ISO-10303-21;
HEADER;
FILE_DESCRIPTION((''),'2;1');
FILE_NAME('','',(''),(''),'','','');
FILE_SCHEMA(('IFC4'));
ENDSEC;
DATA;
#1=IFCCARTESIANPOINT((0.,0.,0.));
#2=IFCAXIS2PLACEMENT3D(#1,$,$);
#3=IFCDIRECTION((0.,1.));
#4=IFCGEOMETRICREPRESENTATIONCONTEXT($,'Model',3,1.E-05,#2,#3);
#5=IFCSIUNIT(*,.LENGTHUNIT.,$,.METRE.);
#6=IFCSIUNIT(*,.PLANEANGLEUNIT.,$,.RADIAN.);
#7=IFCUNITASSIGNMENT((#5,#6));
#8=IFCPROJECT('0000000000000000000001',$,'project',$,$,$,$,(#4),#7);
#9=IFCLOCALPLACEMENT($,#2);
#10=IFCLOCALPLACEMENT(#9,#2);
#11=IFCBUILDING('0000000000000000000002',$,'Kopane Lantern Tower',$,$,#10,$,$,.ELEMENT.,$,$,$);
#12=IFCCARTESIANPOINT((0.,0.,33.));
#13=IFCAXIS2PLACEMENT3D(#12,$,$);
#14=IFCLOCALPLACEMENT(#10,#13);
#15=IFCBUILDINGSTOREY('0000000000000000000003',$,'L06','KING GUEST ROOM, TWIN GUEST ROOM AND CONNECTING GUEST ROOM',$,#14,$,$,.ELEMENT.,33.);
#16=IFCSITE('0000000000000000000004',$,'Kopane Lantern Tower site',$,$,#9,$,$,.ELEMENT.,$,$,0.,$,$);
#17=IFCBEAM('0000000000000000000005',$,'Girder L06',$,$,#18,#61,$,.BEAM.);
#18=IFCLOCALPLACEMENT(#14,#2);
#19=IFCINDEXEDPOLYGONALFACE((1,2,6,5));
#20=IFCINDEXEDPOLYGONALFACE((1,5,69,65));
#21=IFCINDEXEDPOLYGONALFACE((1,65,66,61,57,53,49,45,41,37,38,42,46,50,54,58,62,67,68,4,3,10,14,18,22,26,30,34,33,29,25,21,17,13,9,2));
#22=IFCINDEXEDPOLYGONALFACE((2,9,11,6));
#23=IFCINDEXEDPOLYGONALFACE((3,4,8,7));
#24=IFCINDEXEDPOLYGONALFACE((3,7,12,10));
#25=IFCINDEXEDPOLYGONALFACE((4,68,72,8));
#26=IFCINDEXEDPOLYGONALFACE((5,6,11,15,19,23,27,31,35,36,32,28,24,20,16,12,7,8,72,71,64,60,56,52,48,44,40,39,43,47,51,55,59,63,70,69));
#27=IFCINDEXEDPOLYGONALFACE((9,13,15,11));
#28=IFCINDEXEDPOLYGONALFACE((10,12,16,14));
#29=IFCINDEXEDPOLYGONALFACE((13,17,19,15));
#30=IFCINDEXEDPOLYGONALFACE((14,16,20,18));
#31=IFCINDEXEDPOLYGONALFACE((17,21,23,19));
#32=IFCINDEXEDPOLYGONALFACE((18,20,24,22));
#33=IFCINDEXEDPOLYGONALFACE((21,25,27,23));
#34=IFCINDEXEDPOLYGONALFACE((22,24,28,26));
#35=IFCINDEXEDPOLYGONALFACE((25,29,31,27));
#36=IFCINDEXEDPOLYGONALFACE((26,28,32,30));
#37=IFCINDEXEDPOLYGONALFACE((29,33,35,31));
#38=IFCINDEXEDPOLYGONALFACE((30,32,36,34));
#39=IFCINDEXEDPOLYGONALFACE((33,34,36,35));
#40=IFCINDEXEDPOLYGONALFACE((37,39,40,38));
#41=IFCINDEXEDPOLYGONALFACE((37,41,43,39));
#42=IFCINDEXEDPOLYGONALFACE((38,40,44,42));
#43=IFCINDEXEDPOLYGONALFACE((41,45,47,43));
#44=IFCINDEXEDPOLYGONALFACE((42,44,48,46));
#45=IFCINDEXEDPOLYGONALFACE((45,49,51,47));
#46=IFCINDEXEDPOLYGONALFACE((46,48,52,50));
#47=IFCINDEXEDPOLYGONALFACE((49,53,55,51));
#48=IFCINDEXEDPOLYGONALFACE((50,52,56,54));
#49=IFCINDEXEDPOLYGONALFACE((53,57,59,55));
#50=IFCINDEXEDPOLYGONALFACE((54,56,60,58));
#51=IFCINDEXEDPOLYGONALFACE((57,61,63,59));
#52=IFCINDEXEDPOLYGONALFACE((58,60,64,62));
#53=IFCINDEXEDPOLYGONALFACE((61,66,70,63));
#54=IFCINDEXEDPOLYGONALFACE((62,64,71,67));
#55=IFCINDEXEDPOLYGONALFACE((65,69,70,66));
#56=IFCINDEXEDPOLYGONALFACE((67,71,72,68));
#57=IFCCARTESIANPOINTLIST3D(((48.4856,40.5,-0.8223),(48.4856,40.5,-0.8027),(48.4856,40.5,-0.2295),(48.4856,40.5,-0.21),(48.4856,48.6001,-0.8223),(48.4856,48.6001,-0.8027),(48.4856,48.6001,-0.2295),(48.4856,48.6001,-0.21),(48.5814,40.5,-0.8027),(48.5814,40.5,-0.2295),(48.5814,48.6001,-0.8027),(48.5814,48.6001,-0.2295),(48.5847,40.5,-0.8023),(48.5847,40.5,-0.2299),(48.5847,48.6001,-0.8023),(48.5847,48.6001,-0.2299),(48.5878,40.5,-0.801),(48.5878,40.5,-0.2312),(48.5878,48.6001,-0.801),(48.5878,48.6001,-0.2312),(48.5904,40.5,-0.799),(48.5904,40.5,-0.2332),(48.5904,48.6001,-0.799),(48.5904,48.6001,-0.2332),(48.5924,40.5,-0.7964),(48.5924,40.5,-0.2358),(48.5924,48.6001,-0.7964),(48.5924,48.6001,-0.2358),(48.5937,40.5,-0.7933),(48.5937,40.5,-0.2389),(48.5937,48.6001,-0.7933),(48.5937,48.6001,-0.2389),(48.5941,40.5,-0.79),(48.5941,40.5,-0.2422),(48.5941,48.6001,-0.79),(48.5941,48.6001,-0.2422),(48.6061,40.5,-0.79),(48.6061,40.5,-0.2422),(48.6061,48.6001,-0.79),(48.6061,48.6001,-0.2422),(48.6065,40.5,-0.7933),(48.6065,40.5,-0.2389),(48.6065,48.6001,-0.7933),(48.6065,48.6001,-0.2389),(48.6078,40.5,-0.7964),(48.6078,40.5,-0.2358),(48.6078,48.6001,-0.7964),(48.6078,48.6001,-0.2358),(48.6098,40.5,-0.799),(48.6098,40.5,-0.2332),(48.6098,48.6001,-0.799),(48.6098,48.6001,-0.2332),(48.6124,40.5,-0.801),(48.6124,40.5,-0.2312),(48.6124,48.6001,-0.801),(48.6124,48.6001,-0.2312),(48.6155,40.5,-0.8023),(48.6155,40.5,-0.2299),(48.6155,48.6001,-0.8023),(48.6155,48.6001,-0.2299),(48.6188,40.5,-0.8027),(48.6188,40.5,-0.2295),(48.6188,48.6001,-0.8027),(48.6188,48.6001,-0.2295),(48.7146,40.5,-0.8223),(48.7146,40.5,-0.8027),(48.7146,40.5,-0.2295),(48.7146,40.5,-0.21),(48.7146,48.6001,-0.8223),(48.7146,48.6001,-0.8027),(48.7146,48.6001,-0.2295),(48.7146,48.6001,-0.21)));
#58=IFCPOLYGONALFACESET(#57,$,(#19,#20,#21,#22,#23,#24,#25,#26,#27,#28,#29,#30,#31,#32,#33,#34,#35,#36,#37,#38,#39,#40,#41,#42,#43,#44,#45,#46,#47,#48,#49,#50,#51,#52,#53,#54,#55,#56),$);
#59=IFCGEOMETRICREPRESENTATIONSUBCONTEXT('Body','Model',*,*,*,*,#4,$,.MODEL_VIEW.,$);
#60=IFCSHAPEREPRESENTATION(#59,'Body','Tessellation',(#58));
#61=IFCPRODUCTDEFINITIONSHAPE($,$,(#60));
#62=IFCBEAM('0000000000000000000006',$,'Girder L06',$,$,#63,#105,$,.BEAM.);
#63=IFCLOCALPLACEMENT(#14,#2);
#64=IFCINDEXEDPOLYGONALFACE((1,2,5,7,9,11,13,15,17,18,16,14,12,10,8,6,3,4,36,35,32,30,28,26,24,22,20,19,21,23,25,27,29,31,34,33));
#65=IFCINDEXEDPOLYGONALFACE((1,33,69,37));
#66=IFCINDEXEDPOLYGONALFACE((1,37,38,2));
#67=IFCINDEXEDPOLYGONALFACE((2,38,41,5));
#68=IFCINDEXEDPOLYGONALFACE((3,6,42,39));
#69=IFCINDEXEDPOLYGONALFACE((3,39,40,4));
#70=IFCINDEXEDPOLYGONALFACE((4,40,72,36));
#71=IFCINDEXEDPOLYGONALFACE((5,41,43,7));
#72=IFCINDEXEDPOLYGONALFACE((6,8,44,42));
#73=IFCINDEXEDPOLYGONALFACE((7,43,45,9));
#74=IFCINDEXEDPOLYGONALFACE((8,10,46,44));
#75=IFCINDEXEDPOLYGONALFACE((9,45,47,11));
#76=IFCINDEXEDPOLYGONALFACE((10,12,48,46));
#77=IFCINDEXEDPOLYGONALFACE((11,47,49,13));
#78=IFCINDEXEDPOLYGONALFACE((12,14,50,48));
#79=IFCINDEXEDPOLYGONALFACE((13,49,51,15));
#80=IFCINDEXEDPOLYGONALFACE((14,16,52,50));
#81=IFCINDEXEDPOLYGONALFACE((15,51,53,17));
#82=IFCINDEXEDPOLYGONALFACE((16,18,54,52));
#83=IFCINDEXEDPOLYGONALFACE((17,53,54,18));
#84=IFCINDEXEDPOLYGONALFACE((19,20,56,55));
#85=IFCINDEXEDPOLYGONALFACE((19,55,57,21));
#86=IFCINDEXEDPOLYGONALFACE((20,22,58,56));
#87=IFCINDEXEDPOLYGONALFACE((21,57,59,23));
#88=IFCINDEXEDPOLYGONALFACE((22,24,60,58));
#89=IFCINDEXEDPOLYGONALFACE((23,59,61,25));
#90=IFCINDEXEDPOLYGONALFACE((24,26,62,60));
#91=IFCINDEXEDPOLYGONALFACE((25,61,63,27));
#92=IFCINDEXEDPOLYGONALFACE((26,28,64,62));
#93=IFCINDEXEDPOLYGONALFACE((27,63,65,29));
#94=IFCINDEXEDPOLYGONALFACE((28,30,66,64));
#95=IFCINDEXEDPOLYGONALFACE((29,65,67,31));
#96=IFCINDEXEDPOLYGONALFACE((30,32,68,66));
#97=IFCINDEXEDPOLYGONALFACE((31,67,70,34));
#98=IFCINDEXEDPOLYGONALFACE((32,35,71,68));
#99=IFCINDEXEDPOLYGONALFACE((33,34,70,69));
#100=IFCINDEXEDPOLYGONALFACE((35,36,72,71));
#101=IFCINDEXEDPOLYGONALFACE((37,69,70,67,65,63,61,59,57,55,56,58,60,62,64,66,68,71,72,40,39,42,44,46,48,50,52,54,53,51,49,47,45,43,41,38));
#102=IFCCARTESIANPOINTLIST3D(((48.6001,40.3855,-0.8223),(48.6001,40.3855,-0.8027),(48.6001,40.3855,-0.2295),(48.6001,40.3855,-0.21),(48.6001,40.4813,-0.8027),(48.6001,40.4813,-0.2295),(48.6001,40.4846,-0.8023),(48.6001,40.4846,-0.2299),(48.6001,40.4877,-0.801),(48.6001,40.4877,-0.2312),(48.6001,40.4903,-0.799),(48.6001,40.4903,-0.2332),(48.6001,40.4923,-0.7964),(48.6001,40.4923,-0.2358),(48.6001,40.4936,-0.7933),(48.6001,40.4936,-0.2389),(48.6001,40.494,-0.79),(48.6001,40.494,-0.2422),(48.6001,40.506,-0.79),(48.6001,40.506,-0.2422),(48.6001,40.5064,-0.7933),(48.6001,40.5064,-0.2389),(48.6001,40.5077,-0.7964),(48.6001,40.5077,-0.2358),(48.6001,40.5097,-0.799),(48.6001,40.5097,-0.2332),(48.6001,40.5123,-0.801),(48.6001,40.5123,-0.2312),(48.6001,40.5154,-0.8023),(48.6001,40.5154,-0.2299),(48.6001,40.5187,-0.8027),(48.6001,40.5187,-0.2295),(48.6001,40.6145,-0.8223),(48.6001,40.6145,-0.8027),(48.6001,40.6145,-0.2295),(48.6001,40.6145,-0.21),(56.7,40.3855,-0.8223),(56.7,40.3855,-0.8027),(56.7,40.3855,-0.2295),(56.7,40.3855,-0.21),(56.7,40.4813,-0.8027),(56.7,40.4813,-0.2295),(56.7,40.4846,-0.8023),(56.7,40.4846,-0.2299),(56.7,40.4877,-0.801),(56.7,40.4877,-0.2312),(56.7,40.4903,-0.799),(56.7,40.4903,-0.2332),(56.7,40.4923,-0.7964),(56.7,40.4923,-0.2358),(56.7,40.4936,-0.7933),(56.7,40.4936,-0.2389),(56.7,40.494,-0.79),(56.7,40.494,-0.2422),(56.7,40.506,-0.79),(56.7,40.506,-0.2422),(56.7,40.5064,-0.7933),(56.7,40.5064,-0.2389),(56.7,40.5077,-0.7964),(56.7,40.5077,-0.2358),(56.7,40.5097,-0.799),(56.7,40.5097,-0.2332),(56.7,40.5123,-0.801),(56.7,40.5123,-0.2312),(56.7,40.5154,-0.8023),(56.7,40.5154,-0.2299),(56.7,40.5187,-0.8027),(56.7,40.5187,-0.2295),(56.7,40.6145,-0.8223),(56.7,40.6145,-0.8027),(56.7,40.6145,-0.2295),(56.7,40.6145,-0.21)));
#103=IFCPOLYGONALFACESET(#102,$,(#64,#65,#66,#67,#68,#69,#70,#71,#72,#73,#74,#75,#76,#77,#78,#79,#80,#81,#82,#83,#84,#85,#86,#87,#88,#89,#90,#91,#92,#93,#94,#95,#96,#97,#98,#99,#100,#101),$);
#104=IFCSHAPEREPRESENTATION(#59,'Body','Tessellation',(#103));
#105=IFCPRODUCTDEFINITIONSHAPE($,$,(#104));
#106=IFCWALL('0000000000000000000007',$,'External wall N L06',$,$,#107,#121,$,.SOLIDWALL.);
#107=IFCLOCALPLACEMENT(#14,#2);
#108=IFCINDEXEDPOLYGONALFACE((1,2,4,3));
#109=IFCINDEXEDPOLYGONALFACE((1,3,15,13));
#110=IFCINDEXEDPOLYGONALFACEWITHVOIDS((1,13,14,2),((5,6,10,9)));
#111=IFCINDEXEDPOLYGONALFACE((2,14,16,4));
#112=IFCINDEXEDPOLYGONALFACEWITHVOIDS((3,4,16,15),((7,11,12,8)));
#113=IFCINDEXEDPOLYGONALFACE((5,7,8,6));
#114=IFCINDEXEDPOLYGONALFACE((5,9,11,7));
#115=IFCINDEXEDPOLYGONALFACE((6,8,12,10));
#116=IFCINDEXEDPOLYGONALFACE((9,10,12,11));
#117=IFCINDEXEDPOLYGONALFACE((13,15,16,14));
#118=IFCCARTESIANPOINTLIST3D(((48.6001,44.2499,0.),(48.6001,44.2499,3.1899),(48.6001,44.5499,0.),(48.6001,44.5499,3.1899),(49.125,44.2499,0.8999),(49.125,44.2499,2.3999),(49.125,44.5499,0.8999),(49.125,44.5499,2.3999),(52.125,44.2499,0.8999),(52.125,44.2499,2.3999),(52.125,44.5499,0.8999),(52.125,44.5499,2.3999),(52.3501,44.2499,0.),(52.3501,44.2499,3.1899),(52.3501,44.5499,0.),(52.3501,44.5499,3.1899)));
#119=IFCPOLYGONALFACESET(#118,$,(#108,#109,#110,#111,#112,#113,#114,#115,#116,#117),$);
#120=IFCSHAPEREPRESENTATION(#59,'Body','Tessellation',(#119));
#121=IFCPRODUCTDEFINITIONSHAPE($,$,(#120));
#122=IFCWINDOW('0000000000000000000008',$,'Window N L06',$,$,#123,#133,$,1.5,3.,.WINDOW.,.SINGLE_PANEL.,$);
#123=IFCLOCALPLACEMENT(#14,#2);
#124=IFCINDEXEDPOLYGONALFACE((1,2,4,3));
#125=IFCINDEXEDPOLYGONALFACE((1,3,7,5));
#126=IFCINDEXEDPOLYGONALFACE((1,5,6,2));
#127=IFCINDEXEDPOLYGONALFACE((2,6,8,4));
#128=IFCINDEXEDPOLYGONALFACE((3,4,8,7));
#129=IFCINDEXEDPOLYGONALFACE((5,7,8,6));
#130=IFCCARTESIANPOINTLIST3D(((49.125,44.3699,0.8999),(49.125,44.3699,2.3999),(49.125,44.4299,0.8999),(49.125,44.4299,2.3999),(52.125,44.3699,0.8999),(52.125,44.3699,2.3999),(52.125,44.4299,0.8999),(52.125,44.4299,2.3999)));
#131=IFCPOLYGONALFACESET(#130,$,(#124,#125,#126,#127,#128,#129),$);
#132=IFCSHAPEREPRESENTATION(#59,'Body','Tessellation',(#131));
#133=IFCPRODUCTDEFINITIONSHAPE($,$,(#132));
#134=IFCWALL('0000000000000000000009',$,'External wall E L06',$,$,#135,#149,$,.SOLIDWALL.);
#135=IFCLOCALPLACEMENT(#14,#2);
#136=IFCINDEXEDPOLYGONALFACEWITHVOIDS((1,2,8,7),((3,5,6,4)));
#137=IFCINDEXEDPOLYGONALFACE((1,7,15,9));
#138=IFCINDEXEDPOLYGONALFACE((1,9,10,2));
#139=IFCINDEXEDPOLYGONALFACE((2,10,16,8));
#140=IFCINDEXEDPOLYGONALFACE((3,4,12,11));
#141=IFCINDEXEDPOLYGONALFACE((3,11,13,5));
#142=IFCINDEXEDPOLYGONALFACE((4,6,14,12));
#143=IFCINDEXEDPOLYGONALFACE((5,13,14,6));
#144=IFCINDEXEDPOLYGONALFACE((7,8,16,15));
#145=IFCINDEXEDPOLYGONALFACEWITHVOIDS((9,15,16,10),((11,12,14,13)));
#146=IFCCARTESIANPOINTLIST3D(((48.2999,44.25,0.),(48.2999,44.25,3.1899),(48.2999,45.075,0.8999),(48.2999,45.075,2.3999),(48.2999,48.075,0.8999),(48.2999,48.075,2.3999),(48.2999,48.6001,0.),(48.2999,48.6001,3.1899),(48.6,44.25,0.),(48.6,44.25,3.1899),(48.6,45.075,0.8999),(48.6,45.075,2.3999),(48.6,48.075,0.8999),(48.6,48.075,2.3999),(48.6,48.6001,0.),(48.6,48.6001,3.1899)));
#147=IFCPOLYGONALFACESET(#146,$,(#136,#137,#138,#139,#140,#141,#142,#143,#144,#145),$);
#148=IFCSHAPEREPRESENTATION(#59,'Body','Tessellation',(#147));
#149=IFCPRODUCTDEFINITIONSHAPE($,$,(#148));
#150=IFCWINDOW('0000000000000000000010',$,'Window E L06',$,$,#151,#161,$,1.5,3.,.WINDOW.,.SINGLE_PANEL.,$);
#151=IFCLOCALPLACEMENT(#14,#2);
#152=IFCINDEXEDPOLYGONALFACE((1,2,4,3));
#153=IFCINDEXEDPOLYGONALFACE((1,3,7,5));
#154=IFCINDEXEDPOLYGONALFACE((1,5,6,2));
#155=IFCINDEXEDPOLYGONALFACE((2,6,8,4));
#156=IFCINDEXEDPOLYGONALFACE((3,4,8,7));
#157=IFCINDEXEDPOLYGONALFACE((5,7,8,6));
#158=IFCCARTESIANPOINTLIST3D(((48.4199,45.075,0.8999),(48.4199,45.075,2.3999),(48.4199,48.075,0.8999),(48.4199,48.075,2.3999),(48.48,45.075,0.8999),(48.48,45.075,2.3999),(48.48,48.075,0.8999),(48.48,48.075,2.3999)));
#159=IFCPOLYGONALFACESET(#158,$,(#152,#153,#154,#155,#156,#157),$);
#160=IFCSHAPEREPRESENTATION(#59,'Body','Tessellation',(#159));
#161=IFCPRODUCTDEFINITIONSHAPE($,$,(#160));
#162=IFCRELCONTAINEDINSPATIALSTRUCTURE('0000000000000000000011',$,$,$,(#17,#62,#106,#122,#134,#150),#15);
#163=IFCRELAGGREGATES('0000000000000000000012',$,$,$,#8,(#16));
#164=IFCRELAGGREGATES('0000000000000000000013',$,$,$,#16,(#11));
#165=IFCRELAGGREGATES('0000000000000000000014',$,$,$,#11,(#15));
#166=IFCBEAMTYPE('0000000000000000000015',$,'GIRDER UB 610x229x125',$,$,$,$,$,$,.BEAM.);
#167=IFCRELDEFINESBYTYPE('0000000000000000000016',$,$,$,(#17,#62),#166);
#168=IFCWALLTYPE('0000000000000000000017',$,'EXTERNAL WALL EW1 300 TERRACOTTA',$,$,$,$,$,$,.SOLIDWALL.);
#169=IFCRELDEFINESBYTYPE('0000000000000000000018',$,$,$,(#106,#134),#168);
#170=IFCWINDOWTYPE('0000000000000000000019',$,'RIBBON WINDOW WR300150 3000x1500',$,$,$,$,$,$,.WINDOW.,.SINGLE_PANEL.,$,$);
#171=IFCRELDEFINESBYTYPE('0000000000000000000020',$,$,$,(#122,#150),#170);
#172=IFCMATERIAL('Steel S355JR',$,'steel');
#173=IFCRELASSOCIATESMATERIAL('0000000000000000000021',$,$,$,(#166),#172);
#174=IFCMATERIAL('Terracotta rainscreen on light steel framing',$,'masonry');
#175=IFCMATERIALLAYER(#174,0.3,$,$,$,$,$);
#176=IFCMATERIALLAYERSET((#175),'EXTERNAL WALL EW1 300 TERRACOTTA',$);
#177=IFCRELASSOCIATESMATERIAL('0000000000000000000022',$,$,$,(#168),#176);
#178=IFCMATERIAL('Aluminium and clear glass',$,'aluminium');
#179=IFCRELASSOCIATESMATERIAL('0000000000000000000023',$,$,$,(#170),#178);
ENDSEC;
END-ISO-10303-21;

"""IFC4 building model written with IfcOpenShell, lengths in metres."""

from ifc_helpers import new_model, si_unit, direction, frame, frame_2d, origin, origin_2d, place, context, subcontext, project, spatial, rectangle, i_section, extrude, material, layer, layer_set, material_profile, profile_set, type_object, element, fill, save


model = new_model("IFC4")

# Units and contexts
model_context = context("Model", 3, precision=1e-05, world=origin(), true_north=direction((0.0, 1.0)))
body_context = subcontext(model_context, "Body", "Model", "MODEL_VIEW")
ifc_project = project(units=[si_unit("LENGTHUNIT", "METRE"), si_unit("PLANEANGLEUNIT", "RADIAN")], contexts=[model_context])

# Site, building, storey
site_placement = place(None, origin())
site = spatial("IfcSite", under=ifc_project, at=site_placement, Name="Kopane Lantern Tower site", CompositionType="ELEMENT", RefElevation=0.0)
building_placement = place(site_placement, origin())
building = spatial("IfcBuilding", under=site, at=building_placement, Name="Kopane Lantern Tower", CompositionType="ELEMENT")
storey_placement = place(building_placement, frame((0.0, 0.0, 33.0)))
storey = spatial("IfcBuildingStorey", under=building, at=storey_placement, Name="L06", Description="KING GUEST ROOM, TWIN GUEST ROOM AND CONNECTING GUEST ROOM", CompositionType="ELEMENT", Elevation=33.0)

# Beams
ifc_material_1 = material(Name="Steel S355JR", Category="steel")
ifc_material_profile_1 = material_profile(ifc_material_1, i_section(OverallWidth=0.229, OverallDepth=0.6123, WebThickness=0.012, FlangeThickness=0.0195, FilletRadius=0.0127, at=origin_2d()), Name="UB 610x229x125")
ifc_profile_set_1 = profile_set([ifc_material_profile_1], Name="Steel S355JR")
beam_type_1 = type_object("IfcBeamType", Name="GIRDER UB 610x229x125", PredefinedType="BEAM", material=ifc_profile_set_1)
beam_1_placement = place(storey_placement, frame((48.6001, 40.5, -0.5161), z_axis=(0.0, 1.0, 0.0), x_axis=(-1.0, 0.0, 0.0)))
element("IfcBeam", 1, at=beam_1_placement, inside=storey, type_object=beam_type_1, Name="Girder L06", PredefinedType="BEAM", context=body_context, shape_type="SweptSolid", body=[
    extrude(i_section(OverallWidth=0.229, OverallDepth=0.6123, WebThickness=0.012, FlangeThickness=0.0195, FilletRadius=0.0127, at=origin_2d()), origin(), (0.0, 0.0, 1.0), 8.1001),
])
beam_2_placement = place(storey_placement, frame((48.6001, 40.5, -0.5161), z_axis=(1.0, 0.0, 0.0), x_axis=(0.0, 1.0, 0.0)))
element("IfcBeam", 2, at=beam_2_placement, inside=storey, type_object=beam_type_1, Name="Girder L06", PredefinedType="BEAM", context=body_context, shape_type="SweptSolid", body=[
    extrude(i_section(OverallWidth=0.229, OverallDepth=0.6123, WebThickness=0.012, FlangeThickness=0.0195, FilletRadius=0.0127, at=origin_2d()), origin(), (0.0, 0.0, 1.0), 8.0999),
])

# Walls, openings, windows
ifc_material_2 = material(Name="Terracotta rainscreen on light steel framing", Category="masonry")
ifc_layer = layer(ifc_material_2, 0.3)
ifc_layer_set = layer_set([ifc_layer], Name="EXTERNAL WALL EW1 300 TERRACOTTA")
wall_type = type_object("IfcWallType", Name="EXTERNAL WALL EW1 300 TERRACOTTA", PredefinedType="SOLIDWALL", material=ifc_layer_set)
wall_1_placement = place(storey_placement, frame((52.3501, 44.3999, 0.0), z_axis=(0.0, 0.0, 1.0), x_axis=(-1.0, 0.0, 0.0)))
wall_1 = element("IfcWall", 3, at=wall_1_placement, inside=storey, type_object=wall_type, Name="External wall N L06", PredefinedType="SOLIDWALL", context=body_context, shape_type="SweptSolid", body=[
    extrude(rectangle(XDim=3.75, YDim=0.3, at=frame_2d((1.875, 0.0))), origin(), (0.0, 0.0, 1.0), 3.1899),
])
opening_1_placement = place(wall_1_placement, frame((0.2251, 0.0, 0.8999)))
opening_1 = element("IfcOpeningElement", 4, at=opening_1_placement, cuts=wall_1, PredefinedType="OPENING", context=body_context, shape_type="SweptSolid", body=[
    extrude(rectangle(XDim=3.0, YDim=1.5, at=frame_2d((1.5, 0.75))), frame((0.0, 0.1599, 0.0), z_axis=(0.0, -1.0, 0.0), x_axis=(1.0, 0.0, 0.0)), (0.0, 0.0, 1.0), 0.3201),
])
ifc_material_3 = material(Name="Aluminium and clear glass", Category="aluminium")
window_type = type_object("IfcWindowType", Name="RIBBON WINDOW WR300150 3000x1500", PartitioningType="SINGLE_PANEL", PredefinedType="WINDOW", material=ifc_material_3)
window_1_placement = place(opening_1_placement, origin())
window_1 = element("IfcWindow", 5, at=window_1_placement, inside=storey, type_object=window_type, Name="Window N L06", OverallHeight=1.5, OverallWidth=3.0, PartitioningType="SINGLE_PANEL", PredefinedType="WINDOW", context=body_context, shape_type="SweptSolid", body=[
    extrude(rectangle(XDim=3.0, YDim=1.5, at=frame_2d((1.5, 0.75))), frame((0.0, 0.03, 0.0), z_axis=(0.0, -1.0, 0.0), x_axis=(1.0, 0.0, 0.0)), (0.0, 0.0, 1.0), 0.0601),
])
fill(opening_1, window_1)
wall_2_placement = place(storey_placement, frame((48.45, 44.25, 0.0), z_axis=(0.0, 0.0, 1.0), x_axis=(0.0, 1.0, 0.0)))
wall_2 = element("IfcWall", 6, at=wall_2_placement, inside=storey, type_object=wall_type, Name="External wall E L06", PredefinedType="SOLIDWALL", context=body_context, shape_type="SweptSolid", body=[
    extrude(rectangle(XDim=4.3501, YDim=0.3, at=frame_2d((2.175, 0.0))), origin(), (0.0, 0.0, 1.0), 3.1899),
])
opening_2_placement = place(wall_2_placement, frame((0.825, 0.0, 0.8999)))
opening_2 = element("IfcOpeningElement", 7, at=opening_2_placement, cuts=wall_2, PredefinedType="OPENING", context=body_context, shape_type="SweptSolid", body=[
    extrude(rectangle(XDim=3.0, YDim=1.5, at=frame_2d((1.5, 0.75))), frame((0.0, 0.1599, 0.0), z_axis=(0.0, -1.0, 0.0), x_axis=(1.0, 0.0, 0.0)), (0.0, 0.0, 1.0), 0.3201),
])
window_2_placement = place(opening_2_placement, origin())
window_2 = element("IfcWindow", 8, at=window_2_placement, inside=storey, type_object=window_type, Name="Window E L06", OverallHeight=1.5, OverallWidth=3.0, PartitioningType="SINGLE_PANEL", PredefinedType="WINDOW", context=body_context, shape_type="SweptSolid", body=[
    extrude(rectangle(XDim=3.0, YDim=1.5, at=frame_2d((1.5, 0.75))), frame((0.0, 0.03, 0.0), z_axis=(0.0, -1.0, 0.0), x_axis=(1.0, 0.0, 0.0)), (0.0, 0.0, 1.0), 0.0601),
])
fill(opening_2, window_2)

save(model, "model.ifc")
